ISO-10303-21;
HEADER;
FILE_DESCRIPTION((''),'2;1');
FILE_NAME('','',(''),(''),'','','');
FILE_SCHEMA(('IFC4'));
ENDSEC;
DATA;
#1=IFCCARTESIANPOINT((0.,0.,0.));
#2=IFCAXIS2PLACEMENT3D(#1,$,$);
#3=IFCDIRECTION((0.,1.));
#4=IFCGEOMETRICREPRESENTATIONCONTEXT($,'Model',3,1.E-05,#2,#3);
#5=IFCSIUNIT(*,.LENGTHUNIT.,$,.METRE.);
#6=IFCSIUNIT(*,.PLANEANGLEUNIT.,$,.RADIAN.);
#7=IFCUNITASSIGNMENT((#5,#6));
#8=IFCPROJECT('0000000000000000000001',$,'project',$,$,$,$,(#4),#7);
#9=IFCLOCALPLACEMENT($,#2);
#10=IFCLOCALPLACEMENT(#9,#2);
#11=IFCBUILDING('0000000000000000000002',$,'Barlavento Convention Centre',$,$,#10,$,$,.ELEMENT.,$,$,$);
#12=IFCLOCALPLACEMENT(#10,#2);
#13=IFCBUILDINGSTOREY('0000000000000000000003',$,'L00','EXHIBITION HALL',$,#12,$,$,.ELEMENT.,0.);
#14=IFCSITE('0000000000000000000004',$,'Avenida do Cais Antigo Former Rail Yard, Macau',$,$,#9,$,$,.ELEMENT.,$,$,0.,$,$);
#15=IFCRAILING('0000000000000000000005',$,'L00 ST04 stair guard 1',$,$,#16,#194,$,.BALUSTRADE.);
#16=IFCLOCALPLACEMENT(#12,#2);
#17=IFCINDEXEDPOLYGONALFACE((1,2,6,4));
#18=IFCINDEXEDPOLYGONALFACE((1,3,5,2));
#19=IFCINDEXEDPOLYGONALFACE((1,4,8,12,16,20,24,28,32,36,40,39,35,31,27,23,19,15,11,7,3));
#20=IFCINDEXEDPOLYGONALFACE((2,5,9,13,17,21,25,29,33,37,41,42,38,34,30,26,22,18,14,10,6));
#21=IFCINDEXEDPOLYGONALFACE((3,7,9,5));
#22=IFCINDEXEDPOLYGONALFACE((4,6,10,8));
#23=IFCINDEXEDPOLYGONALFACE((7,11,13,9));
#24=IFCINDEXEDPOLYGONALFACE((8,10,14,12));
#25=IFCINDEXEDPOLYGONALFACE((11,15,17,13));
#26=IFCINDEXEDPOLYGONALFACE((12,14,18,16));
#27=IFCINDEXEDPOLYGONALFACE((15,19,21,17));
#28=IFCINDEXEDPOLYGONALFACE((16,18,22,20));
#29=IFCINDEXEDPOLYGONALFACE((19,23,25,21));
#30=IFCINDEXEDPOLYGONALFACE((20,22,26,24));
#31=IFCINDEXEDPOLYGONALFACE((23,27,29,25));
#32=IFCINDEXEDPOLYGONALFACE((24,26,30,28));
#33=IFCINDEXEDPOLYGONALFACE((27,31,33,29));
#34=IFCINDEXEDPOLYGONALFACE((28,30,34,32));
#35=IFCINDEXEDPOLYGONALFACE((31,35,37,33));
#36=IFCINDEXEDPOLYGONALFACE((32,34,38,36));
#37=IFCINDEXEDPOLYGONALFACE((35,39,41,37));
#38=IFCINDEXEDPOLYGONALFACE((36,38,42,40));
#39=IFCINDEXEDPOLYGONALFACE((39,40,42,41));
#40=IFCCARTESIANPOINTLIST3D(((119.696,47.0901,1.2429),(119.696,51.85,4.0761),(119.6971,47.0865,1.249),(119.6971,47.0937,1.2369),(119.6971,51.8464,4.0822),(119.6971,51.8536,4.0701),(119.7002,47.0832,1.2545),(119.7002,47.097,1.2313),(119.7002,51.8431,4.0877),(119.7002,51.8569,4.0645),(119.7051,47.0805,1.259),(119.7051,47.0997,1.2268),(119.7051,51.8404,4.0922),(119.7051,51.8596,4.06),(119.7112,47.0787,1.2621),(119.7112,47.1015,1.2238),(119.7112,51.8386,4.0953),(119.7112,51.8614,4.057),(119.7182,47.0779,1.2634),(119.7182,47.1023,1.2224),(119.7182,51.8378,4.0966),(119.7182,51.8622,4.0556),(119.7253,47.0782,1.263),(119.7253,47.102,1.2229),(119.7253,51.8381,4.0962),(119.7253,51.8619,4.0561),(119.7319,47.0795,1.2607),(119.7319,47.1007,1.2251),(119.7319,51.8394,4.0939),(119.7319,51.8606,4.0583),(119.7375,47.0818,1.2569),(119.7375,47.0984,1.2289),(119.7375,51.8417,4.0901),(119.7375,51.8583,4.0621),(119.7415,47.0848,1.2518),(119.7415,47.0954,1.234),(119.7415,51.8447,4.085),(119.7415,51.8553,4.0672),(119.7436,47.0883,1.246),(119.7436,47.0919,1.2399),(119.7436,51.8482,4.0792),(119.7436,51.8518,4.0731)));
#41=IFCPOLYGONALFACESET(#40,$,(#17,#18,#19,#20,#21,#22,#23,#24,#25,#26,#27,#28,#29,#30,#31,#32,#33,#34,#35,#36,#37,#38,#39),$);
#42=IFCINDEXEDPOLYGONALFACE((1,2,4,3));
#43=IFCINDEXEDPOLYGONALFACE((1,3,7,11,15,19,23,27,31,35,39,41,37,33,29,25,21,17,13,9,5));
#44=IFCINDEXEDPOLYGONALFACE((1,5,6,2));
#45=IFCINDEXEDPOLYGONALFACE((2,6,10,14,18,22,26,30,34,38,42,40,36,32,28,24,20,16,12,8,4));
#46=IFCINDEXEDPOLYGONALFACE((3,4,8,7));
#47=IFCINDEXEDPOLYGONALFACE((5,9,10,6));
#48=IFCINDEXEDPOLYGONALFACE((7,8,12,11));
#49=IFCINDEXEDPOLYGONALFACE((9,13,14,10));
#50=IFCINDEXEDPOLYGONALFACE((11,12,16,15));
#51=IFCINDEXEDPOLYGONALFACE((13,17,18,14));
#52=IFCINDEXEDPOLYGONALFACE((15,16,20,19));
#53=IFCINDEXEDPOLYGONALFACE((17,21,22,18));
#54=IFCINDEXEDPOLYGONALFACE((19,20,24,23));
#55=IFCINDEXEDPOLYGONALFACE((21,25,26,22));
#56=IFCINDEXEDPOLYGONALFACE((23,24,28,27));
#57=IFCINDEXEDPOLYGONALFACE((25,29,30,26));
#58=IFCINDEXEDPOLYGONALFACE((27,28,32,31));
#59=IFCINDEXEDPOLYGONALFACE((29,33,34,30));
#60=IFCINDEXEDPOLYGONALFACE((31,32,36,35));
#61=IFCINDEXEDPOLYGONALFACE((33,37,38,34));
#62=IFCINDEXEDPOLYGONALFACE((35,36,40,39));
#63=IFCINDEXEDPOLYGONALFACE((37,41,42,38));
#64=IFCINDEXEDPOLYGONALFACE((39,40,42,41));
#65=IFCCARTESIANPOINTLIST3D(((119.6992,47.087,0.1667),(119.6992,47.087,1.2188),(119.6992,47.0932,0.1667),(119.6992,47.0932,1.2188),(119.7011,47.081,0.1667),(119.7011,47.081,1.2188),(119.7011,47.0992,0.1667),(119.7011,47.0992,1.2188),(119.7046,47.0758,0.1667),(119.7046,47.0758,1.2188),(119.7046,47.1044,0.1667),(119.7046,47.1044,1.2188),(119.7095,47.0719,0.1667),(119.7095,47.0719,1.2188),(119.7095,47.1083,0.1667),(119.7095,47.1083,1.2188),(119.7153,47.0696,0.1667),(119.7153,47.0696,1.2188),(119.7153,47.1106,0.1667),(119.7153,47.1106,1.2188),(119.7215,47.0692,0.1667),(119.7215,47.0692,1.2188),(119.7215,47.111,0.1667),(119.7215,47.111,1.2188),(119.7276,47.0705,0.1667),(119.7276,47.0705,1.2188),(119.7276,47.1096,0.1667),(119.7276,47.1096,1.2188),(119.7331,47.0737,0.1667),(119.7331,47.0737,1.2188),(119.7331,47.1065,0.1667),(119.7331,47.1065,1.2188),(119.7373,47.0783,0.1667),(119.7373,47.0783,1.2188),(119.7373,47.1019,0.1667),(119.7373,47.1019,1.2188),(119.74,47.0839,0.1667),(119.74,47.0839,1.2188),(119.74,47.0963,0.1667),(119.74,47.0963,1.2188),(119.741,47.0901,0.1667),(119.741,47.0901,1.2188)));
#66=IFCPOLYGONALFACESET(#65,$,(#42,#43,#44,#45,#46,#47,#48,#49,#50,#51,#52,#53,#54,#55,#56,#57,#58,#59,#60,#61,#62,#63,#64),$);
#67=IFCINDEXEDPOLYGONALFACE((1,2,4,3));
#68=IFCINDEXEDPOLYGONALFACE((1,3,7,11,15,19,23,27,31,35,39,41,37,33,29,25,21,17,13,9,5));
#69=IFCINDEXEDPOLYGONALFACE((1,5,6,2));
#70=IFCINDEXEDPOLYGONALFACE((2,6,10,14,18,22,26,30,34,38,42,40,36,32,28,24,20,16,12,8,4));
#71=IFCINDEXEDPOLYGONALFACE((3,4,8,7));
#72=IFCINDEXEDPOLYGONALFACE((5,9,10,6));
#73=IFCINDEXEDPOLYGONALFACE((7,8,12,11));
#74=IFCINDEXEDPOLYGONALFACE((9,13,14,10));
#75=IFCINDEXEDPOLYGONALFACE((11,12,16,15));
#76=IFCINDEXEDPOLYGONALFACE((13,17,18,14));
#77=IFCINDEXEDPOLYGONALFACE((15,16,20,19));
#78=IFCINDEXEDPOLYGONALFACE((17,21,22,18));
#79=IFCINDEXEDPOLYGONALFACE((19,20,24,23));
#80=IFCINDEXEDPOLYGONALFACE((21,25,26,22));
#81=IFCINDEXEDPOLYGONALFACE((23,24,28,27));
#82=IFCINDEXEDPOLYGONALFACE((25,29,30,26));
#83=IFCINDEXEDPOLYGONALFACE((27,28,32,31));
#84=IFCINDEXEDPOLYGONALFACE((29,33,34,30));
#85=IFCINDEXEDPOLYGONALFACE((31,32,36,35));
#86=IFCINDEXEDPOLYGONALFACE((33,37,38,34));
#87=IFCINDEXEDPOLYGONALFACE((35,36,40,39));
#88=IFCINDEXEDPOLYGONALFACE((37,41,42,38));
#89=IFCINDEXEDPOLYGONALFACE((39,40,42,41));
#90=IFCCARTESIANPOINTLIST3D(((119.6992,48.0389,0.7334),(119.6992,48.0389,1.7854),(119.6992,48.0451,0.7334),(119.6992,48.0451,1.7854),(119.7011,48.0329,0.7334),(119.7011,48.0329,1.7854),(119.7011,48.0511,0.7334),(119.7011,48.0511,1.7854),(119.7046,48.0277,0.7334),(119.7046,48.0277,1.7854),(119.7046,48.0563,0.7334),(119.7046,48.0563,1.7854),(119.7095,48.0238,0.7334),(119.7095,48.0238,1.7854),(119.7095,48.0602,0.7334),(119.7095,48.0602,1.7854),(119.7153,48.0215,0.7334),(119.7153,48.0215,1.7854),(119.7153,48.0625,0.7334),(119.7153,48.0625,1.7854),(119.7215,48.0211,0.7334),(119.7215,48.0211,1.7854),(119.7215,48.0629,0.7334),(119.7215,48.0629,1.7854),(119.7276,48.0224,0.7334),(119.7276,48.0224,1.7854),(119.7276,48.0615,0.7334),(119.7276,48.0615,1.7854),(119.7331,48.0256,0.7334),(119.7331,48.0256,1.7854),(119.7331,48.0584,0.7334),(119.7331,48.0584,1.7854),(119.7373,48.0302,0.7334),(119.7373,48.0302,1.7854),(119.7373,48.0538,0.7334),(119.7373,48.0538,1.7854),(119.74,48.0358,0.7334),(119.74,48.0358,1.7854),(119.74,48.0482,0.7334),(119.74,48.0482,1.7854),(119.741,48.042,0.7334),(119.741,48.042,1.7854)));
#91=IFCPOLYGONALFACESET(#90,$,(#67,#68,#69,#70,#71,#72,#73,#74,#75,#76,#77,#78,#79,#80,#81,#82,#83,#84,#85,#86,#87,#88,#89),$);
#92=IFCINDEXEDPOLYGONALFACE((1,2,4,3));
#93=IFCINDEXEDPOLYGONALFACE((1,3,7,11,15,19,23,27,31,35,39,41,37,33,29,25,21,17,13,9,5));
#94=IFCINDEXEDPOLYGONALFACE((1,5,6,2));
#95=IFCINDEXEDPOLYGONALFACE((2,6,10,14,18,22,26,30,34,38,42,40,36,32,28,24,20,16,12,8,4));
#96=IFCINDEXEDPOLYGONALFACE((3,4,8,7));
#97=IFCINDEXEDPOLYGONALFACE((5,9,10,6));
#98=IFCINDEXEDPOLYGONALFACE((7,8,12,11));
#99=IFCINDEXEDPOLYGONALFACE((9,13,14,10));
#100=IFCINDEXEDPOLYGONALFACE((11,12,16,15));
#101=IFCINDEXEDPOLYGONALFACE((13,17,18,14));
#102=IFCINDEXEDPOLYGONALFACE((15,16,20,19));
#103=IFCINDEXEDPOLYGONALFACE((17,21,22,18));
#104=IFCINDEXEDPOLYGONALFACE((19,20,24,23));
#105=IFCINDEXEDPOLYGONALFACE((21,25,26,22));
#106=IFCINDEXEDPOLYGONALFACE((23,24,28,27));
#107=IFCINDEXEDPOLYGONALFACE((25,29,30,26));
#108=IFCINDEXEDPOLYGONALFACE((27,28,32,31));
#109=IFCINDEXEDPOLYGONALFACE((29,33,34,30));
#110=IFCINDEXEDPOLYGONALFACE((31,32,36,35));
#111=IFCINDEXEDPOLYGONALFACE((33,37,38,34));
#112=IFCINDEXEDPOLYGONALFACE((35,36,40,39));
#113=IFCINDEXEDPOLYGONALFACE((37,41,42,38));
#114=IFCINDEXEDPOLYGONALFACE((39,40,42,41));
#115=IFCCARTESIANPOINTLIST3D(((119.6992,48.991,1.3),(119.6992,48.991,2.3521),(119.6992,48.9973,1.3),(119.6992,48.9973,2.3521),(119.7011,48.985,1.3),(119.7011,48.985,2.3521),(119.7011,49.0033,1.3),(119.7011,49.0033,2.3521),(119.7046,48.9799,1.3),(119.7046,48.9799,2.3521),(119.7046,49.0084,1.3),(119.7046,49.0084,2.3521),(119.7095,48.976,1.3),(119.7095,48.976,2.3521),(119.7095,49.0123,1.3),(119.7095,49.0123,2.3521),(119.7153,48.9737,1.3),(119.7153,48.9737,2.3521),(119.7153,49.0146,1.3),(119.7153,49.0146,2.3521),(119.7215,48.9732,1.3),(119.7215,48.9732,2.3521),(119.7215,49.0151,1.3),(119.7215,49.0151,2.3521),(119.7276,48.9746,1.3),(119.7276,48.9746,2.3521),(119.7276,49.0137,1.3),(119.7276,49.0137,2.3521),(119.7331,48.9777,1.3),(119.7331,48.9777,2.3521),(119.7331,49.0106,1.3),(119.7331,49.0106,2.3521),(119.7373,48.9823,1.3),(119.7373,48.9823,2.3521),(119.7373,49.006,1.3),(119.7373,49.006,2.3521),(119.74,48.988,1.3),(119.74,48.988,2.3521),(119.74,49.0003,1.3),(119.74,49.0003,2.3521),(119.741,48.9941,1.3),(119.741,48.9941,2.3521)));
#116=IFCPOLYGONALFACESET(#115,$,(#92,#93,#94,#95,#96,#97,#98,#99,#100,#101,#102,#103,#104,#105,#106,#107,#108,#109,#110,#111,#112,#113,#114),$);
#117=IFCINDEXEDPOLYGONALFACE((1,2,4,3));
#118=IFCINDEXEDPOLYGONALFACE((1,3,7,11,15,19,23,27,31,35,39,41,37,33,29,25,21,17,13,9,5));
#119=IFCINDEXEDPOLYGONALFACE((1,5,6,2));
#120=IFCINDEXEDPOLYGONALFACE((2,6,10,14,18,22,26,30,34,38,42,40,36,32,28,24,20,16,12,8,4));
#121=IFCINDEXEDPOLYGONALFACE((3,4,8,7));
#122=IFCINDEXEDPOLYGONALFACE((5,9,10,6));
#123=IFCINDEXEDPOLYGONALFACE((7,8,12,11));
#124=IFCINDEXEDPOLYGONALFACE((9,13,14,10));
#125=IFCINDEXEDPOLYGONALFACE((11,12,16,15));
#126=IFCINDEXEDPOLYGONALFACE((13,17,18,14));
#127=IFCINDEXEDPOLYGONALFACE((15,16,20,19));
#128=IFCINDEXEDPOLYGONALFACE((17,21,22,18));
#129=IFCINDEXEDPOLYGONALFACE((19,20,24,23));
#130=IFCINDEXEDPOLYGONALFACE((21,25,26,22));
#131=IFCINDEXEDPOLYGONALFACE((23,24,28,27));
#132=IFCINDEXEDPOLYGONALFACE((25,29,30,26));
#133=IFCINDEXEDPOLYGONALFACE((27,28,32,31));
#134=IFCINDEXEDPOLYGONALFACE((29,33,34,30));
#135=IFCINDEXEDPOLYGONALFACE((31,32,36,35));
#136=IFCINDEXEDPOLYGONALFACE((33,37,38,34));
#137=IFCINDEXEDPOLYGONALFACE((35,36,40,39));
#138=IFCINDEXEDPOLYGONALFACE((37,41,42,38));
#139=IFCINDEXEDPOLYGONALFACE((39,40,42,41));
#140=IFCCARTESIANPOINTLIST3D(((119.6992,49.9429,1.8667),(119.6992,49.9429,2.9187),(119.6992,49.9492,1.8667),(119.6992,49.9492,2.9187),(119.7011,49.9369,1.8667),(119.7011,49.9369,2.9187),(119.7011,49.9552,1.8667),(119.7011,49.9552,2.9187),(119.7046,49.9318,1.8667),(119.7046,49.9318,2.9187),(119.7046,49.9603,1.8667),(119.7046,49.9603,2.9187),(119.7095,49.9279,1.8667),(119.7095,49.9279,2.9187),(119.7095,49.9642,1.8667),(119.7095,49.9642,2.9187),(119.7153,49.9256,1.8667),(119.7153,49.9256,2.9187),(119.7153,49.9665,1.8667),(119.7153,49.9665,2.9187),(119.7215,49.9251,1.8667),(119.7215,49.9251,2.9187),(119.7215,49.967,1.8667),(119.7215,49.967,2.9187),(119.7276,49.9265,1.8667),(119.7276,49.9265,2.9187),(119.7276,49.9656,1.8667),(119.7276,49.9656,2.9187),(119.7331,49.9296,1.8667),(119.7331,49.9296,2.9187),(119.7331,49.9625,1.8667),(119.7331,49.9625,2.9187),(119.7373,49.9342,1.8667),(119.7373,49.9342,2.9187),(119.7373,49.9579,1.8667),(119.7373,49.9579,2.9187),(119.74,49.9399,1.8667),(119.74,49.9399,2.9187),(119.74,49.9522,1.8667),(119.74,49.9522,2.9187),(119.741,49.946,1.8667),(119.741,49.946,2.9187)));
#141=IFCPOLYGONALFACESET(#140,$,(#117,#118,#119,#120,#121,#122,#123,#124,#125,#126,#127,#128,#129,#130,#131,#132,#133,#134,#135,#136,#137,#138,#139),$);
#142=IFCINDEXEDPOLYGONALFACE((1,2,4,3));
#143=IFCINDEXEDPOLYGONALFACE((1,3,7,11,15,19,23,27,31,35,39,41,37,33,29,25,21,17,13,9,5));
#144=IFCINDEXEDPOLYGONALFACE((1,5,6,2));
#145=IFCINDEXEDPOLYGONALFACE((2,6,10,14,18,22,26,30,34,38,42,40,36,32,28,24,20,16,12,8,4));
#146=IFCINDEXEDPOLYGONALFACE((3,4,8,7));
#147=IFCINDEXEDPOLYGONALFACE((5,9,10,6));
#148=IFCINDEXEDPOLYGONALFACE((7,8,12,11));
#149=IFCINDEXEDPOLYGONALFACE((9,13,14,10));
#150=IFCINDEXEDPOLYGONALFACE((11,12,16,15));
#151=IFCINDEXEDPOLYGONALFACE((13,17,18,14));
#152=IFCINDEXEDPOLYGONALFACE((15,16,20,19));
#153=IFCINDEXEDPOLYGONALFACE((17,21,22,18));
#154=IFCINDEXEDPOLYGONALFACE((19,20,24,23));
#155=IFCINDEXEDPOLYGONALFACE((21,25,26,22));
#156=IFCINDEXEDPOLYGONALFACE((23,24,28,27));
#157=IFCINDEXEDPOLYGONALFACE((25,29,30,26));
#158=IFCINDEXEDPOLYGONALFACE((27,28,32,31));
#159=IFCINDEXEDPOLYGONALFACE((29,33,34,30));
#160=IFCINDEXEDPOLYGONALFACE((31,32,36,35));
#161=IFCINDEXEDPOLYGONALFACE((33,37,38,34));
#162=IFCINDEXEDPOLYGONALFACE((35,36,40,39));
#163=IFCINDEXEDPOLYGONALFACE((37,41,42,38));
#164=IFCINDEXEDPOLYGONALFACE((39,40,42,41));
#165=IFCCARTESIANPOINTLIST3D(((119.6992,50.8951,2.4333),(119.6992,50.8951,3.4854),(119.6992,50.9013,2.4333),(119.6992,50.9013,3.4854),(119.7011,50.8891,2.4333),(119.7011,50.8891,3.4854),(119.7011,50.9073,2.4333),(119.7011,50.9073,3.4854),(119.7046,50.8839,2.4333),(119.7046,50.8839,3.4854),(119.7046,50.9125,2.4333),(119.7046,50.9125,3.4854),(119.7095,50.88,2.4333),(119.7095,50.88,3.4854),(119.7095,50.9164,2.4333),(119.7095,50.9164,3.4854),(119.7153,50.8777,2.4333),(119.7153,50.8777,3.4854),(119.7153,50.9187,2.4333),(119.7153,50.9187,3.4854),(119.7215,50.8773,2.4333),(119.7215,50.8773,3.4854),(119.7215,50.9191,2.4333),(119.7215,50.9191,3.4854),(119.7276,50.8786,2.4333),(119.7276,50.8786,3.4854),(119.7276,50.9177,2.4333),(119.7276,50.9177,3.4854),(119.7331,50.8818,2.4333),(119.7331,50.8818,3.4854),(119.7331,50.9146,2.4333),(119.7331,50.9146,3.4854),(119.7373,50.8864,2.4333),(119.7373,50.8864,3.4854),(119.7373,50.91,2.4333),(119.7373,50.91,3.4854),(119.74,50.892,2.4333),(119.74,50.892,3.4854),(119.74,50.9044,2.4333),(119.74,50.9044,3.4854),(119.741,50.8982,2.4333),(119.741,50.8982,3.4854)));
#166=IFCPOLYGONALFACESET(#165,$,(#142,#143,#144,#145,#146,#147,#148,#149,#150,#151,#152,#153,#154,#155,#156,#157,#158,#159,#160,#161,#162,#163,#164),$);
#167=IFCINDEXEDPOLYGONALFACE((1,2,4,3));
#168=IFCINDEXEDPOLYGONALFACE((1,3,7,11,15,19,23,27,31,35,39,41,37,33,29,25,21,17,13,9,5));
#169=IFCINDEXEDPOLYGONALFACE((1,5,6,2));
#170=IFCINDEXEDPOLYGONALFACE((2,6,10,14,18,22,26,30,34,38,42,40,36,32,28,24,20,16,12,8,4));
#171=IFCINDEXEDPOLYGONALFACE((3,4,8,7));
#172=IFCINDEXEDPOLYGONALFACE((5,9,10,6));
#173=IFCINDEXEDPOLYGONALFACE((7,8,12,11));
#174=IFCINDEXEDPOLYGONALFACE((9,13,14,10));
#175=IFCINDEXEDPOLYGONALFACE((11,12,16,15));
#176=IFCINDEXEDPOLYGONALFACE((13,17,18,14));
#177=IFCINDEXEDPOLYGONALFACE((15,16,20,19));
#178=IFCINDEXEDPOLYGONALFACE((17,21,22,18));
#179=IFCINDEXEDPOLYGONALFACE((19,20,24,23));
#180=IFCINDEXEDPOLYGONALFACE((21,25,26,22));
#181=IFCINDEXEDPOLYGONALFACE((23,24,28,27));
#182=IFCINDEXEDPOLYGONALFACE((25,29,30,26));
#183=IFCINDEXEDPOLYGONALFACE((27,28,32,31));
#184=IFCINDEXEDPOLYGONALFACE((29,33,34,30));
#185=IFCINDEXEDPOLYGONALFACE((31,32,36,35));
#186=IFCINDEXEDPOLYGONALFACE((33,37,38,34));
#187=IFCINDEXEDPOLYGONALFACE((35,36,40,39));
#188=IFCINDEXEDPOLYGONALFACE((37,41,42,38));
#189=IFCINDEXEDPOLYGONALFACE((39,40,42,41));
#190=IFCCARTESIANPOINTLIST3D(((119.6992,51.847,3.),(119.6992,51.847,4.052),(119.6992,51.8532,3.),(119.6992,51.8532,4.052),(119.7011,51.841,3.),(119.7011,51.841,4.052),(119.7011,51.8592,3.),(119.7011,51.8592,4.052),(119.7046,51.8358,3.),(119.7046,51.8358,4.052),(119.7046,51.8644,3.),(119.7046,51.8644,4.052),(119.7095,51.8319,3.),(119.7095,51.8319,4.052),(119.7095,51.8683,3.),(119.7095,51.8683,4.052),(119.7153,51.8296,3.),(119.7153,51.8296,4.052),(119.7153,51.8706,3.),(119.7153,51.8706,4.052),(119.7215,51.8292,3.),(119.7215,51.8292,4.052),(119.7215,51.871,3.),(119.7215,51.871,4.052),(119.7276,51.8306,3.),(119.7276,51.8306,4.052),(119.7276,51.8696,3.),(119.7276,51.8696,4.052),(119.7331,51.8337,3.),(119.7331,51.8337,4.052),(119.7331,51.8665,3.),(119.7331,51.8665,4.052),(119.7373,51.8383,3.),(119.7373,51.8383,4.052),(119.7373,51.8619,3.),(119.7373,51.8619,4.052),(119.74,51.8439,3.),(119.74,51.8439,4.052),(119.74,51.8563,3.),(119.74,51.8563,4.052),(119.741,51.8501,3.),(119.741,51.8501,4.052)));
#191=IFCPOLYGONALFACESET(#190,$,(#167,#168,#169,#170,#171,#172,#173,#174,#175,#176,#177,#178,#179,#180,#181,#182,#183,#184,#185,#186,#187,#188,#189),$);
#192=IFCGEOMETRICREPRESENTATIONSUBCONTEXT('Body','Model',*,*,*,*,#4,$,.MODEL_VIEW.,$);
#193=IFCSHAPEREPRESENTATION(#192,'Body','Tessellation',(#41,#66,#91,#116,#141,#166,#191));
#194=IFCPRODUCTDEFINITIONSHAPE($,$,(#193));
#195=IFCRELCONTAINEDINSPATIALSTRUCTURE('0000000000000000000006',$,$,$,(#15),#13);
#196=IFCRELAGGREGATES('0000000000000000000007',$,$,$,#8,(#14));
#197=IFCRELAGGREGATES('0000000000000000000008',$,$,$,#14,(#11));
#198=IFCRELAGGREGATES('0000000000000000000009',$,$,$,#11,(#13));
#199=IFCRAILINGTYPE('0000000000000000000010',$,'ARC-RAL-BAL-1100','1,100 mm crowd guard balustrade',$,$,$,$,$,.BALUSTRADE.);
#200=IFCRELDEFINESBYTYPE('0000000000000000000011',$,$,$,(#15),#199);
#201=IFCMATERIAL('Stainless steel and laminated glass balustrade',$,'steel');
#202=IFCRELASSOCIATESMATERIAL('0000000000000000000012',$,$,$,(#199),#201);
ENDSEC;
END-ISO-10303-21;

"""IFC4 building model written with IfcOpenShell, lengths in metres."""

from ifc_helpers import new_model, si_unit, direction, frame, origin, origin_2d, place, context, subcontext, project, spatial, circle, extrude, material, type_object, element, save


model = new_model("IFC4")

# Units and contexts
model_context = context("Model", 3, precision=1e-05, world=origin(), true_north=direction((0.0, 1.0)))
body_context = subcontext(model_context, "Body", "Model", "MODEL_VIEW")
ifc_project = project(units=[si_unit("LENGTHUNIT", "METRE"), si_unit("PLANEANGLEUNIT", "RADIAN")], contexts=[model_context])

# Site, building, storey
site_placement = place(None, origin())
site = spatial("IfcSite", under=ifc_project, at=site_placement, Name="Avenida do Cais Antigo Former Rail Yard, Macau", CompositionType="ELEMENT", RefElevation=0.0)
building_placement = place(site_placement, origin())
building = spatial("IfcBuilding", under=site, at=building_placement, Name="Barlavento Convention Centre", CompositionType="ELEMENT")
storey_placement = place(building_placement, origin())
storey = spatial("IfcBuildingStorey", under=building, at=storey_placement, Name="L00", Description="EXHIBITION HALL", CompositionType="ELEMENT", Elevation=0.0)

# Railing
ifc_material_1 = material(Name="Stainless steel and laminated glass balustrade", Category="steel")
railing_type_1 = type_object("IfcRailingType", Name="ARC-RAL-BAL-1100", Description="1,100 mm crowd guard balustrade", PredefinedType="BALUSTRADE", material=ifc_material_1)
railing_1_placement = place(storey_placement, frame((119.72, 47.0901, 0.1667)))
element("IfcRailing", 1, at=railing_1_placement, inside=storey, type_object=railing_type_1, Name="L00 ST04 stair guard 1", PredefinedType="BALUSTRADE", context=body_context, shape_type="SweptSolid", body=[
    extrude(circle(Radius=0.0239, at=origin_2d()), frame((0.0, 0.0, 1.0762), z_axis=(0.0, 0.8593, 0.511472), x_axis=(-1.0, 0.0, 0.0)), (0.0, 0.0, 1.0), 5.5393),
    extrude(circle(Radius=0.021, at=origin_2d()), origin(), (0.0, 0.0, 1.0), 1.052),
    extrude(circle(Radius=0.021, at=origin_2d()), frame((0.0, 0.9519, 0.5667)), (0.0, 0.0, 1.0), 1.052),
    extrude(circle(Radius=0.021, at=origin_2d()), frame((0.0, 1.9041, 1.1333)), (0.0, 0.0, 1.0), 1.052),
    extrude(circle(Radius=0.021, at=origin_2d()), frame((0.0, 2.856, 1.7)), (0.0, 0.0, 1.0), 1.052),
    extrude(circle(Radius=0.021, at=origin_2d()), frame((0.0, 3.8081, 2.2666)), (0.0, 0.0, 1.0), 1.052),
    extrude(circle(Radius=0.021, at=origin_2d()), frame((0.0, 4.76, 2.8333)), (0.0, 0.0, 1.0), 1.052),
])

save(model, "model.ifc")
